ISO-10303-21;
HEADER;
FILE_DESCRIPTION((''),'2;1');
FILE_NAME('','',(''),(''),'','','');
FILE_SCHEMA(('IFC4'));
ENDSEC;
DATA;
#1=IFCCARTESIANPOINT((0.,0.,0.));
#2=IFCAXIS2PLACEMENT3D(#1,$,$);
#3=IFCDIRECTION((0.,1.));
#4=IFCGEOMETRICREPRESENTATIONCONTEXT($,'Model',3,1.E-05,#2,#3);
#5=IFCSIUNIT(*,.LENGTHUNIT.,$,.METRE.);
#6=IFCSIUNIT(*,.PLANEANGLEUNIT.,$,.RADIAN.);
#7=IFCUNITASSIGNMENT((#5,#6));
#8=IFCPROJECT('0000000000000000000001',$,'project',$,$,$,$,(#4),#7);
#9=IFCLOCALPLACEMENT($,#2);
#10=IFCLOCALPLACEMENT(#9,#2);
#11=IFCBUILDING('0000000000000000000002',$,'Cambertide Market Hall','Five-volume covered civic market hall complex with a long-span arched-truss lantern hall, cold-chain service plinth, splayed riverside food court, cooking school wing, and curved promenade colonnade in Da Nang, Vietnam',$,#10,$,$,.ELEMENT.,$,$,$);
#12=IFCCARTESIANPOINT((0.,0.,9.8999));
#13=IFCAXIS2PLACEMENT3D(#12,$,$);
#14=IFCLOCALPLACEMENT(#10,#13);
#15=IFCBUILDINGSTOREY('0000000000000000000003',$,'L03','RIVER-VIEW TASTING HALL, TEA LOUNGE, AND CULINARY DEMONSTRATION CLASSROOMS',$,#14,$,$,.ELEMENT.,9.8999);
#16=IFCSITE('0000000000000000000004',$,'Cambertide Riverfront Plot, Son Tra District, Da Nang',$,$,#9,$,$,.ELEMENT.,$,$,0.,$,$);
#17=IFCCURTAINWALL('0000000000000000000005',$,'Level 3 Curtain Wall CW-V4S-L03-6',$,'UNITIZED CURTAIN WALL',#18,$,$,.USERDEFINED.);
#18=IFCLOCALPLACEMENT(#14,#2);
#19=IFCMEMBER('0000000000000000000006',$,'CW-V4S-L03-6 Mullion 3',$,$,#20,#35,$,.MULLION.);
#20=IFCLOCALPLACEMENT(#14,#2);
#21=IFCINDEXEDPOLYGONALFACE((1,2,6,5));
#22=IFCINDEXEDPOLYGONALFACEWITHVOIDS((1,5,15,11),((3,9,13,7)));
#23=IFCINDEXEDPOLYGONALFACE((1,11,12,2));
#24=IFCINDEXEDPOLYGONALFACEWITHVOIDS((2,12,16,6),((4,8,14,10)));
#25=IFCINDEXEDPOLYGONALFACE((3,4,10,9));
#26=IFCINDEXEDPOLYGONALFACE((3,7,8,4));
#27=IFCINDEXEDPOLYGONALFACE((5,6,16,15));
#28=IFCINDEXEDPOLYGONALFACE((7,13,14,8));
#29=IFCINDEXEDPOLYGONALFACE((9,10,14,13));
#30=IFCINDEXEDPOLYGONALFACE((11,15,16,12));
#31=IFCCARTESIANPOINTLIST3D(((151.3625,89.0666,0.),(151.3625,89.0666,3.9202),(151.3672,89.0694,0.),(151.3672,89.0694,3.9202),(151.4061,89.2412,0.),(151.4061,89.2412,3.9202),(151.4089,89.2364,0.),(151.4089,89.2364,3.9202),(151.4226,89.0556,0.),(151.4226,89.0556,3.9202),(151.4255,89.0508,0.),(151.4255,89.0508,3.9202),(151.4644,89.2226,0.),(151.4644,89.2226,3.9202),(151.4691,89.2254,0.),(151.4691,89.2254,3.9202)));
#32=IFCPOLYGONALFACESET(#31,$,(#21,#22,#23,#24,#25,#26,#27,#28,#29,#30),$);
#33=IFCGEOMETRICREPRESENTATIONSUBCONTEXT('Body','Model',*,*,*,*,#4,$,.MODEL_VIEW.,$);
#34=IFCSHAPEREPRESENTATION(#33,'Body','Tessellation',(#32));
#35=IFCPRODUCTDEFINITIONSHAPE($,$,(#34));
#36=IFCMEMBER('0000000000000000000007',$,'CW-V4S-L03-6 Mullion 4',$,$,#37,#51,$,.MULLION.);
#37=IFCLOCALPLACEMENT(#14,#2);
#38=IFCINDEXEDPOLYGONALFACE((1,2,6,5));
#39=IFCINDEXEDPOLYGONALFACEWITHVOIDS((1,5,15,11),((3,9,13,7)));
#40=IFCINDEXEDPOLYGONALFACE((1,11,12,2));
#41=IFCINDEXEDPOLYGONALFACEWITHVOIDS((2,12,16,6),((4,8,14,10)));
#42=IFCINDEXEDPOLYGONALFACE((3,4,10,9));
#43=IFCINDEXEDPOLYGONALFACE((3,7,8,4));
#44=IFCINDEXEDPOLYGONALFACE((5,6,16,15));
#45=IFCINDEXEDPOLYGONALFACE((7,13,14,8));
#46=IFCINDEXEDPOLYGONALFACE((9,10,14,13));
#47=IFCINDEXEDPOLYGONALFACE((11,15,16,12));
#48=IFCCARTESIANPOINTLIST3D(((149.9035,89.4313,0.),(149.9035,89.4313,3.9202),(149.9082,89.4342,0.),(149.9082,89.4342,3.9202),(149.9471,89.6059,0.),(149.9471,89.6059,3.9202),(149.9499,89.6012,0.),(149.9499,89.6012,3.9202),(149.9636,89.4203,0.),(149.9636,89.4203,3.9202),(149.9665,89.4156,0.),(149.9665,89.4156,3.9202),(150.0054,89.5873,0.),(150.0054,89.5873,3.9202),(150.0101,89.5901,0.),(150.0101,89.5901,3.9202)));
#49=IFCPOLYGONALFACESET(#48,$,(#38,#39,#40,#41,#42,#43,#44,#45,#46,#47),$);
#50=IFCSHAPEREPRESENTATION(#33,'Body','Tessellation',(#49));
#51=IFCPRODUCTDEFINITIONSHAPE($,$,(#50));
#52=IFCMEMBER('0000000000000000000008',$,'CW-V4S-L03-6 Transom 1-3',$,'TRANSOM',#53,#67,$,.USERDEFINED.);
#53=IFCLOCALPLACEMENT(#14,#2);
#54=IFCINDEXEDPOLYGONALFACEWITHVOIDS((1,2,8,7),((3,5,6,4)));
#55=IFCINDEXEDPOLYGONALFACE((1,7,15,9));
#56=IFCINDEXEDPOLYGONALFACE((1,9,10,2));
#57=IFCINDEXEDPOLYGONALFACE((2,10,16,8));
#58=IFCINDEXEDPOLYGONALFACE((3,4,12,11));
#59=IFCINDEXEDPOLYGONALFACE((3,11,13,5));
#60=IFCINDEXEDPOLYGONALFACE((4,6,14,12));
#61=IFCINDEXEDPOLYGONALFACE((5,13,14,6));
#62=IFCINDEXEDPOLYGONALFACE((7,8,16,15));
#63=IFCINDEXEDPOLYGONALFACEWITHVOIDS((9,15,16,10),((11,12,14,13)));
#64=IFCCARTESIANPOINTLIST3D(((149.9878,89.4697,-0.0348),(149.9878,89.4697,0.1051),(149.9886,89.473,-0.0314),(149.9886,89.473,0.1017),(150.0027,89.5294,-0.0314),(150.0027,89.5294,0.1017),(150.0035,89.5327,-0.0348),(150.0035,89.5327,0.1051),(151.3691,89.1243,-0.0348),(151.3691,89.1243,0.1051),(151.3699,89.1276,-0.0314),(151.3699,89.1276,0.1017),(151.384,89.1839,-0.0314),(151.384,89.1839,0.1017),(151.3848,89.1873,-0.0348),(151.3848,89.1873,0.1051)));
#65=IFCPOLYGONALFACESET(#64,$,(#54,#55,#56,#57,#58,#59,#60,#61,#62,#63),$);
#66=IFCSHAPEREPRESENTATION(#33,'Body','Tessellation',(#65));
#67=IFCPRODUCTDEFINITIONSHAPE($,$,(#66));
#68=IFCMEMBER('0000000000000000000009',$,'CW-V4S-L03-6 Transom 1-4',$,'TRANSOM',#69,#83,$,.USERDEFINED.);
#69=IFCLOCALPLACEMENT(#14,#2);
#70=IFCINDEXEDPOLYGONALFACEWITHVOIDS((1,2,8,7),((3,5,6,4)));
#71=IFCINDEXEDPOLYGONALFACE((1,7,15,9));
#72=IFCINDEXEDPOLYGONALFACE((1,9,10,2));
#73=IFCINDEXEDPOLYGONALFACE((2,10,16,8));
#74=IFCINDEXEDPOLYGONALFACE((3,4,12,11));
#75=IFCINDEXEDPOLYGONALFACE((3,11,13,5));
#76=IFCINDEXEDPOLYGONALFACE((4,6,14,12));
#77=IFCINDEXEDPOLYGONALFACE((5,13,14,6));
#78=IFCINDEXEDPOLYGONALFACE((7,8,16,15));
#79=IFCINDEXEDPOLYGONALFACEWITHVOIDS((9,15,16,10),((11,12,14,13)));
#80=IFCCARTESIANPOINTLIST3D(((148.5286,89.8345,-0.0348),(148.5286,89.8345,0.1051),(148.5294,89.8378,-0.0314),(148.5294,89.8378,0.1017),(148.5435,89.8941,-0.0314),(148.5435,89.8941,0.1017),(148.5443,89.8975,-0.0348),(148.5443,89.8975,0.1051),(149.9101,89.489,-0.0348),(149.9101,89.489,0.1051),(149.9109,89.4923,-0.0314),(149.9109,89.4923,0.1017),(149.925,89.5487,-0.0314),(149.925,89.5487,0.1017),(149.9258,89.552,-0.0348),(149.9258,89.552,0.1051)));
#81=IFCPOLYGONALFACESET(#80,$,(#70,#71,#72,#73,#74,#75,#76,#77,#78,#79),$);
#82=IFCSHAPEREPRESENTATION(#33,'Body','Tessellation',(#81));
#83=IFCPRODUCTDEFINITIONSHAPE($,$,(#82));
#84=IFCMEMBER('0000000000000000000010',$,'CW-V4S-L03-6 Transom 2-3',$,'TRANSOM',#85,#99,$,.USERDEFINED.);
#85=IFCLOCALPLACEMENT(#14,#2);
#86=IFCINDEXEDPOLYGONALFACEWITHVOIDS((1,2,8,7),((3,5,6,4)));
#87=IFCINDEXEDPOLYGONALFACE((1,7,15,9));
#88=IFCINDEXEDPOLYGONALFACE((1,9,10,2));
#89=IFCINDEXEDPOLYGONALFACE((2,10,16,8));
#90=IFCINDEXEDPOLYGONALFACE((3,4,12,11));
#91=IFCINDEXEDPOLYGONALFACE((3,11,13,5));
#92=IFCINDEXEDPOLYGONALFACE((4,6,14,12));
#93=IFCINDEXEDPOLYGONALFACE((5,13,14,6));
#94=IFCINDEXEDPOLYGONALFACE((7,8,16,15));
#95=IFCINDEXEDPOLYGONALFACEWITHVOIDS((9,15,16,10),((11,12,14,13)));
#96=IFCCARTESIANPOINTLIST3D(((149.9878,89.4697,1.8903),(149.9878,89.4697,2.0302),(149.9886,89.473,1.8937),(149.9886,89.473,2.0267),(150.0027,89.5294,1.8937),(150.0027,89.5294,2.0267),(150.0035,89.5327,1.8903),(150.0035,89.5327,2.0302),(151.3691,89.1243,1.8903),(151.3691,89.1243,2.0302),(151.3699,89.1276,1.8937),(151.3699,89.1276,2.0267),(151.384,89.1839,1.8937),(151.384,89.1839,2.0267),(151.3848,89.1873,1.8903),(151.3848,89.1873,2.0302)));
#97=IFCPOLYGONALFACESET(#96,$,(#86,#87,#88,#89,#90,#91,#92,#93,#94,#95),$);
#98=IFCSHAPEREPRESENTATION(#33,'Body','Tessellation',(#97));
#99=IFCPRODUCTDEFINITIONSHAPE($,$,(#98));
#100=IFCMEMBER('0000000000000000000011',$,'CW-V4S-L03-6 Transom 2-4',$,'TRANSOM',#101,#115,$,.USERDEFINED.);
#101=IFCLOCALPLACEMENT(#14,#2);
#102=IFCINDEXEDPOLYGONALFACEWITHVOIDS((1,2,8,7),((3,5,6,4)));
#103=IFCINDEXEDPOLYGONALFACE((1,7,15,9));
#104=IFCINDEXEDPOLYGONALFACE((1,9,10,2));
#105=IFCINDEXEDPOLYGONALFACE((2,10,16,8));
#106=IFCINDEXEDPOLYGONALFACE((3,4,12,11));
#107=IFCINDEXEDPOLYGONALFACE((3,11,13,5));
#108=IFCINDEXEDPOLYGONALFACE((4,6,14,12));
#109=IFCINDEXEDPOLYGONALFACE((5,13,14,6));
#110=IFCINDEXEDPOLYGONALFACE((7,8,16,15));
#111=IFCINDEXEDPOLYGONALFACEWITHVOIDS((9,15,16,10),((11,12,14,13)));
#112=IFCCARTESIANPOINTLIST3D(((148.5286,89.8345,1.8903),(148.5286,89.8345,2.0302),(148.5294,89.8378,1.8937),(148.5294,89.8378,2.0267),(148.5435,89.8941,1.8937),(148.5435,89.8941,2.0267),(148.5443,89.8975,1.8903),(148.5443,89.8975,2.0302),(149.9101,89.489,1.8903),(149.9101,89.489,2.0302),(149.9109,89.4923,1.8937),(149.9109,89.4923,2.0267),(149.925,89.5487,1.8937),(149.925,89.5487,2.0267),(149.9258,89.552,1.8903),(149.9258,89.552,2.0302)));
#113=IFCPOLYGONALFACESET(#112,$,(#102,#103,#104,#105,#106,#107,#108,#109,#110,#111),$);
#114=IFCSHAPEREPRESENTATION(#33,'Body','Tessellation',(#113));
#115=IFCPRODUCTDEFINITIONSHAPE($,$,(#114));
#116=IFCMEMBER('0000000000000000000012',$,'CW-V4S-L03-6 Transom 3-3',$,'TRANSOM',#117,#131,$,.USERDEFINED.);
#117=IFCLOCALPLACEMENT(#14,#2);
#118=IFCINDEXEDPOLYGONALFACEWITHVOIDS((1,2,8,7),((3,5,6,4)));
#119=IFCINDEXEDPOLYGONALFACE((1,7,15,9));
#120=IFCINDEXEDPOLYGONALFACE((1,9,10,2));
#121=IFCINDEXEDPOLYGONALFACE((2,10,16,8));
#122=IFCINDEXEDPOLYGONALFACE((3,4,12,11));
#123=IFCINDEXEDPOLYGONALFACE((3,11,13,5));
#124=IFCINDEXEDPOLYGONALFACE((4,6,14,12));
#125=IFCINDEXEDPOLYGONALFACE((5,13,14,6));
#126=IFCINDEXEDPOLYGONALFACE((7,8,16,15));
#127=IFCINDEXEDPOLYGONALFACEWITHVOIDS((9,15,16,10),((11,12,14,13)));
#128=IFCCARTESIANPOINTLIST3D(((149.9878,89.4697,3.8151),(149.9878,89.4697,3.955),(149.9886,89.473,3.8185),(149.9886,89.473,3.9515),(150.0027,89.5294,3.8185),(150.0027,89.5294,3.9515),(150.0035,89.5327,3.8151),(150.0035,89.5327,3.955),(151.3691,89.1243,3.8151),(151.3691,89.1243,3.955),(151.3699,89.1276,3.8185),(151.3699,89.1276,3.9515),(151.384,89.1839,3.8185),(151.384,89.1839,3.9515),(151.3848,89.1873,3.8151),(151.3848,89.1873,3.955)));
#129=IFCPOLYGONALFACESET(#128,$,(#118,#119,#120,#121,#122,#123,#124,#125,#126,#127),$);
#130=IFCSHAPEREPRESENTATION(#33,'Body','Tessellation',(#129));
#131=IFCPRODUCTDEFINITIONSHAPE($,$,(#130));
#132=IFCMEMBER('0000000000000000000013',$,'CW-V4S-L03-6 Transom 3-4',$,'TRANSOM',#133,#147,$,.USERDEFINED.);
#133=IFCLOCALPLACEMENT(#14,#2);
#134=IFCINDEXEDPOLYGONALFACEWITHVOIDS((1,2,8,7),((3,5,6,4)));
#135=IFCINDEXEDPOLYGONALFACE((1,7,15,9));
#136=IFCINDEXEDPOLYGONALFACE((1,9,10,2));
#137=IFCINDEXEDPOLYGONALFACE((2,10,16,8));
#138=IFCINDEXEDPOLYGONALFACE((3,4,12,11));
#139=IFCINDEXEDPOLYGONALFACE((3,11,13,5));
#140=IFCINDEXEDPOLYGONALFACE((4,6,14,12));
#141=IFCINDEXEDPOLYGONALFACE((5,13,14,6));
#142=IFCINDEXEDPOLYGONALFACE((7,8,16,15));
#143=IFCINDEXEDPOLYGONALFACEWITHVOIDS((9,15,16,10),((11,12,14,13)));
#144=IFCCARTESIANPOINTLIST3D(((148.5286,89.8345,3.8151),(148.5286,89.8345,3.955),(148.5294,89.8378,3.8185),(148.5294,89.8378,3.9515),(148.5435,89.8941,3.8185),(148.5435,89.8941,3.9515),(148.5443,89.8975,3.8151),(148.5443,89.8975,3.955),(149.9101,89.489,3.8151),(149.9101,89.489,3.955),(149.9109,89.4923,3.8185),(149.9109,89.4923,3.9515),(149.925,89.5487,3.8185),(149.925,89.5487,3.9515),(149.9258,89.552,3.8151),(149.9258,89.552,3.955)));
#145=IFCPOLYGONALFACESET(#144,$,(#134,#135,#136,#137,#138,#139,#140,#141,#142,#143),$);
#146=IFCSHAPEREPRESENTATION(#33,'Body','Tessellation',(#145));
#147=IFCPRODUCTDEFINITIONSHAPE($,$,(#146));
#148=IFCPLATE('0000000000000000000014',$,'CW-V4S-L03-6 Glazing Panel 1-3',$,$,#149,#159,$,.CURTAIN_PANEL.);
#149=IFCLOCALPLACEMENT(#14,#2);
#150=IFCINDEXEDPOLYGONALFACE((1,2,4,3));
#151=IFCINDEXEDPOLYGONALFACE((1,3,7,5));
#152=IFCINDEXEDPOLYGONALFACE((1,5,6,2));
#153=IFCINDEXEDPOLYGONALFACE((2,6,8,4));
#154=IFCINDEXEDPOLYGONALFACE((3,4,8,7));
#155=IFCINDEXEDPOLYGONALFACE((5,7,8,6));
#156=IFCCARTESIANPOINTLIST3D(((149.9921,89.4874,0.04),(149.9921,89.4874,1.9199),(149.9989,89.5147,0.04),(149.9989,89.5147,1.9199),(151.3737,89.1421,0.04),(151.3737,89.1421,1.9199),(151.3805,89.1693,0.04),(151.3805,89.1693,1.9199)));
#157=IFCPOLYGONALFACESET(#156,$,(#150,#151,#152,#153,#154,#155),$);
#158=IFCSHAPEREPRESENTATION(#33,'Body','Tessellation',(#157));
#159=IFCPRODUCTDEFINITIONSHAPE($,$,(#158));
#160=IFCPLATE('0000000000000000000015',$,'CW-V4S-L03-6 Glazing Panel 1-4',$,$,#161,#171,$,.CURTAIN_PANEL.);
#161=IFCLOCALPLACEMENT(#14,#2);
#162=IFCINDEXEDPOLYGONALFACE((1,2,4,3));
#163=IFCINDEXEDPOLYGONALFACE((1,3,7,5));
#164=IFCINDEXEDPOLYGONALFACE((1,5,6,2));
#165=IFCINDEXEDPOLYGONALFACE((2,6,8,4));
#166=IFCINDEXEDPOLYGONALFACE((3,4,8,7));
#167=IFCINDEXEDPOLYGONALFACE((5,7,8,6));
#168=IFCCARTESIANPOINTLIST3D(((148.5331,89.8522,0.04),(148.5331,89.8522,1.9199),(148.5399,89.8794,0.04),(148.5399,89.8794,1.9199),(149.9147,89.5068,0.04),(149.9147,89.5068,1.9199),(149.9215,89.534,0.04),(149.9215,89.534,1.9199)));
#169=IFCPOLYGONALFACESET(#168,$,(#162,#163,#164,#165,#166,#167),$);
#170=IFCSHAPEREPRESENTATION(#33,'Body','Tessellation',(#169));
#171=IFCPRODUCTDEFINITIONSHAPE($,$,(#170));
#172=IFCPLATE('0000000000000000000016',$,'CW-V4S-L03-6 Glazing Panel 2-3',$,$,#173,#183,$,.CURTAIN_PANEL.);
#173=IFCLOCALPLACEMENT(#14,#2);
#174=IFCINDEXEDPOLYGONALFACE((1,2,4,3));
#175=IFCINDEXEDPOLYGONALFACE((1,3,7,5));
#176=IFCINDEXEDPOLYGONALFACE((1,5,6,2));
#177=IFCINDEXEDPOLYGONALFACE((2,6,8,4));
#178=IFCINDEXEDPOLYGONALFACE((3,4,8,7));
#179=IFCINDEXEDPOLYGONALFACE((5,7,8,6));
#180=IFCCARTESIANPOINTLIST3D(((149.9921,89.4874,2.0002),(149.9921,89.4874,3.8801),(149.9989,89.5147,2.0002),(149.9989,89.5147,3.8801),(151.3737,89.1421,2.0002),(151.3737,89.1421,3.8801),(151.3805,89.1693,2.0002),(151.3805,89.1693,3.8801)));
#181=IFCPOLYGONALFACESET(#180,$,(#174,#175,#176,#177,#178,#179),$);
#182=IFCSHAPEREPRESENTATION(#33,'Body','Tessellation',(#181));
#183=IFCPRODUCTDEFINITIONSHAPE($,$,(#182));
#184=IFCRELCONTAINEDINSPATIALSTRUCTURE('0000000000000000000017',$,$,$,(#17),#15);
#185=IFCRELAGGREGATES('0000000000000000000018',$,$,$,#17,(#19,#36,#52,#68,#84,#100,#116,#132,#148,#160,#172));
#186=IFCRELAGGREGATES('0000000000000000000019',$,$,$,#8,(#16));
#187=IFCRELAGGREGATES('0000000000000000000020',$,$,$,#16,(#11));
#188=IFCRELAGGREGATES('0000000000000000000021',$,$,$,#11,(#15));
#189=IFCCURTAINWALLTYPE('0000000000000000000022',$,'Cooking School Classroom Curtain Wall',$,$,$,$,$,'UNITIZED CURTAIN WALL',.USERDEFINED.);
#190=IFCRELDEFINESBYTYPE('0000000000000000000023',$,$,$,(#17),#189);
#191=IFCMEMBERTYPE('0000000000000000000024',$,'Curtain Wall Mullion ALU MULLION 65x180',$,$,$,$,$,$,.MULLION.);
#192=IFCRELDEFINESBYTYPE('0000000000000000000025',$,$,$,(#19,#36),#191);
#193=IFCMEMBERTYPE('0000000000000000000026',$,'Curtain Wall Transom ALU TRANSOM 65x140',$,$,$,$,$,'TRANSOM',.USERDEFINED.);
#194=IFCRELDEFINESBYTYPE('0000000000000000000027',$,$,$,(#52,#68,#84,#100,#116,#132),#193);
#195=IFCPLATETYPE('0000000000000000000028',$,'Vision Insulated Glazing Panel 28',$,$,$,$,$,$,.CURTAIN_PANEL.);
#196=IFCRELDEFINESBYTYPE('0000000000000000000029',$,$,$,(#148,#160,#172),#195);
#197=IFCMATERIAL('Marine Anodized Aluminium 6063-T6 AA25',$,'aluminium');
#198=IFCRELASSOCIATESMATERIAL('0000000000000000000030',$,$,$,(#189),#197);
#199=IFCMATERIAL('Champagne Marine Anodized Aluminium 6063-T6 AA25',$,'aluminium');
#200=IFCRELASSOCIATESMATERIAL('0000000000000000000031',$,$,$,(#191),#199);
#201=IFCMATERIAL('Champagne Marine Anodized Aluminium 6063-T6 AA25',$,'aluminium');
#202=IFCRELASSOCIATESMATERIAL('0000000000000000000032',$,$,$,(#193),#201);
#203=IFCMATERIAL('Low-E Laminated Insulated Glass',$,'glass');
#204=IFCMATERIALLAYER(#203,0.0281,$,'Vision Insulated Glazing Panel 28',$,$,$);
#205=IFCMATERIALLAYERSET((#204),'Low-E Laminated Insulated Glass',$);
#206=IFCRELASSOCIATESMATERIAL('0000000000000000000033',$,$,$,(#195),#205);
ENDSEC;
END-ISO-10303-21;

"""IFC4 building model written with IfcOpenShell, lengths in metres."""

from ifc_helpers import new_model, si_unit, direction, frame, origin, origin_2d, place, context, subcontext, project, spatial, rectangle, hollow_rectangle, extrude, material, layer, layer_set, material_profile, profile_set, type_object, element, aggregate, save


model = new_model("IFC4")

# Units and contexts
model_context = context("Model", 3, precision=1e-05, world=origin(), true_north=direction((0.0, 1.0)))
body_context = subcontext(model_context, "Body", "Model", "MODEL_VIEW")
ifc_project = project(units=[si_unit("LENGTHUNIT", "METRE"), si_unit("PLANEANGLEUNIT", "RADIAN")], contexts=[model_context])

# Site, building, storey
site_placement = place(None, origin())
site = spatial("IfcSite", under=ifc_project, at=site_placement, Name="Cambertide Riverfront Plot, Son Tra District, Da Nang", CompositionType="ELEMENT", RefElevation=0.0)
building_placement = place(site_placement, origin())
building = spatial("IfcBuilding", under=site, at=building_placement, Name="Cambertide Market Hall", Description="Five-volume covered civic market hall complex with a long-span arched-truss lantern hall, cold-chain service plinth, splayed riverside food court, cooking school wing, and curved promenade colonnade in Da Nang, Vietnam", CompositionType="ELEMENT")
storey_placement = place(building_placement, frame((0.0, 0.0, 9.8999)))
storey = spatial("IfcBuildingStorey", under=building, at=storey_placement, Name="L03", Description="RIVER-VIEW TASTING HALL, TEA LOUNGE, AND CULINARY DEMONSTRATION CLASSROOMS", CompositionType="ELEMENT", Elevation=9.8999)

# Curtain wall, members, plates
ifc_material_1 = material(Name="Marine Anodized Aluminium 6063-T6 AA25", Category="aluminium")
curtain_wall_type = type_object("IfcCurtainWallType", Name="Cooking School Classroom Curtain Wall", ElementType="UNITIZED CURTAIN WALL", PredefinedType="USERDEFINED", material=ifc_material_1)
curtain_wall_placement = place(storey_placement, origin())
curtain_wall = element("IfcCurtainWall", 1, at=curtain_wall_placement, inside=storey, type_object=curtain_wall_type, Name="Level 3 Curtain Wall CW-V4S-L03-6", ObjectType="UNITIZED CURTAIN WALL", PredefinedType="USERDEFINED")
ifc_material_2 = material(Name="Champagne Marine Anodized Aluminium 6063-T6 AA25", Category="aluminium")
ifc_material_profile_1 = material_profile(ifc_material_2, hollow_rectangle(XDim=0.0649, YDim=0.1799, WallThickness=0.0039, at=origin_2d()), Name="ALU MULLION 65x180")
ifc_profile_set_1 = profile_set([ifc_material_profile_1], Name="Champagne Marine Anodized Aluminium 6063-T6 AA25")
member_type_1 = type_object("IfcMemberType", Name="Curtain Wall Mullion ALU MULLION 65x180", PredefinedType="MULLION", material=ifc_profile_set_1)
member_1_placement = place(storey_placement, frame((151.4158, 89.146, 0.0), z_axis=(0.0, 0.0, 1.0), x_axis=(-0.970143, 0.242535, 0.0)))
member_1 = element("IfcMember", 2, at=member_1_placement, type_object=member_type_1, Name="CW-V4S-L03-6 Mullion 3", PredefinedType="MULLION", context=body_context, shape_type="SweptSolid", body=[
    extrude(hollow_rectangle(XDim=0.0649, YDim=0.1799, WallThickness=0.0039, at=origin_2d()), origin(), (0.0, 0.0, 1.0), 3.9202),
])
member_2_placement = place(storey_placement, frame((149.9568, 89.5107, 0.0), z_axis=(0.0, 0.0, 1.0), x_axis=(-0.970143, 0.242535, 0.0)))
member_2 = element("IfcMember", 3, at=member_2_placement, type_object=member_type_1, Name="CW-V4S-L03-6 Mullion 4", PredefinedType="MULLION", context=body_context, shape_type="SweptSolid", body=[
    extrude(hollow_rectangle(XDim=0.0649, YDim=0.1799, WallThickness=0.0039, at=origin_2d()), origin(), (0.0, 0.0, 1.0), 3.9202),
])
ifc_material_3 = material(Name="Champagne Marine Anodized Aluminium 6063-T6 AA25", Category="aluminium")
ifc_material_profile_2 = material_profile(ifc_material_3, hollow_rectangle(XDim=0.0649, YDim=0.1399, WallThickness=0.0034, at=origin_2d()), Name="ALU TRANSOM 65x140")
ifc_profile_set_2 = profile_set([ifc_material_profile_2], Name="Champagne Marine Anodized Aluminium 6063-T6 AA25")
member_type_2 = type_object("IfcMemberType", Name="Curtain Wall Transom ALU TRANSOM 65x140", ElementType="TRANSOM", PredefinedType="USERDEFINED", material=ifc_profile_set_2)
member_3_placement = place(storey_placement, frame((151.377, 89.1558, 0.0352), z_axis=(-0.970122, 0.242616, 0.0), x_axis=(-0.242616, -0.970122, 0.0)))
member_3 = element("IfcMember", 4, at=member_3_placement, type_object=member_type_2, Name="CW-V4S-L03-6 Transom 1-3", ObjectType="TRANSOM", PredefinedType="USERDEFINED", context=body_context, shape_type="SweptSolid", body=[
    extrude(hollow_rectangle(XDim=0.0649, YDim=0.1399, WallThickness=0.0034, at=origin_2d()), origin(), (0.0, 0.0, 1.0), 1.4238),
])
member_4_placement = place(storey_placement, frame((149.918, 89.5205, 0.0352), z_axis=(-0.970132, 0.242576, 0.0), x_axis=(-0.242576, -0.970132, 0.0)))
member_4 = element("IfcMember", 5, at=member_4_placement, type_object=member_type_2, Name="CW-V4S-L03-6 Transom 1-4", ObjectType="TRANSOM", PredefinedType="USERDEFINED", context=body_context, shape_type="SweptSolid", body=[
    extrude(hollow_rectangle(XDim=0.0649, YDim=0.1399, WallThickness=0.0034, at=origin_2d()), origin(), (0.0, 0.0, 1.0), 1.4241),
])
member_5_placement = place(storey_placement, frame((151.377, 89.1558, 1.9602), z_axis=(-0.970122, 0.242616, 0.0), x_axis=(-0.242616, -0.970122, 0.0)))
member_5 = element("IfcMember", 6, at=member_5_placement, type_object=member_type_2, Name="CW-V4S-L03-6 Transom 2-3", ObjectType="TRANSOM", PredefinedType="USERDEFINED", context=body_context, shape_type="SweptSolid", body=[
    extrude(hollow_rectangle(XDim=0.0649, YDim=0.1399, WallThickness=0.0034, at=origin_2d()), origin(), (0.0, 0.0, 1.0), 1.4238),
])
member_6_placement = place(storey_placement, frame((149.918, 89.5205, 1.9602), z_axis=(-0.970132, 0.242576, 0.0), x_axis=(-0.242576, -0.970132, 0.0)))
member_6 = element("IfcMember", 7, at=member_6_placement, type_object=member_type_2, Name="CW-V4S-L03-6 Transom 2-4", ObjectType="TRANSOM", PredefinedType="USERDEFINED", context=body_context, shape_type="SweptSolid", body=[
    extrude(hollow_rectangle(XDim=0.0649, YDim=0.1399, WallThickness=0.0034, at=origin_2d()), origin(), (0.0, 0.0, 1.0), 1.4241),
])
member_7_placement = place(storey_placement, frame((151.377, 89.1558, 3.885), z_axis=(-0.970122, 0.242616, 0.0), x_axis=(-0.242616, -0.970122, 0.0)))
member_7 = element("IfcMember", 8, at=member_7_placement, type_object=member_type_2, Name="CW-V4S-L03-6 Transom 3-3", ObjectType="TRANSOM", PredefinedType="USERDEFINED", context=body_context, shape_type="SweptSolid", body=[
    extrude(hollow_rectangle(XDim=0.0649, YDim=0.1399, WallThickness=0.0034, at=origin_2d()), origin(), (0.0, 0.0, 1.0), 1.4238),
])
member_8_placement = place(storey_placement, frame((149.918, 89.5205, 3.885), z_axis=(-0.970132, 0.242576, 0.0), x_axis=(-0.242576, -0.970132, 0.0)))
member_8 = element("IfcMember", 9, at=member_8_placement, type_object=member_type_2, Name="CW-V4S-L03-6 Transom 3-4", ObjectType="TRANSOM", PredefinedType="USERDEFINED", context=body_context, shape_type="SweptSolid", body=[
    extrude(hollow_rectangle(XDim=0.0649, YDim=0.1399, WallThickness=0.0034, at=origin_2d()), origin(), (0.0, 0.0, 1.0), 1.4241),
])
ifc_material_4 = material(Name="Low-E Laminated Insulated Glass", Category="glass")
ifc_layer_1 = layer(ifc_material_4, 0.0281, Name="Vision Insulated Glazing Panel 28")
ifc_layer_set_1 = layer_set([ifc_layer_1], Name="Low-E Laminated Insulated Glass")
plate_type = type_object("IfcPlateType", Name="Vision Insulated Glazing Panel 28", PredefinedType="CURTAIN_PANEL", material=ifc_layer_set_1)
plate_1_placement = place(storey_placement, frame((150.6863, 89.3284, 0.04), z_axis=(0.0, 0.0, 1.0), x_axis=(-0.970143, 0.242535, 0.0)))
plate_1 = element("IfcPlate", 10, at=plate_1_placement, type_object=plate_type, Name="CW-V4S-L03-6 Glazing Panel 1-3", PredefinedType="CURTAIN_PANEL", context=body_context, shape_type="SweptSolid", body=[
    extrude(rectangle(XDim=1.4241, YDim=0.0281, at=origin_2d()), origin(), (0.0, 0.0, 1.0), 1.8799),
])
plate_2_placement = place(storey_placement, frame((149.2273, 89.6931, 0.04), z_axis=(0.0, 0.0, 1.0), x_axis=(-0.970143, 0.242535, 0.0)))
plate_2 = element("IfcPlate", 11, at=plate_2_placement, type_object=plate_type, Name="CW-V4S-L03-6 Glazing Panel 1-4", PredefinedType="CURTAIN_PANEL", context=body_context, shape_type="SweptSolid", body=[
    extrude(rectangle(XDim=1.4241, YDim=0.0281, at=origin_2d()), origin(), (0.0, 0.0, 1.0), 1.8799),
])
plate_3_placement = place(storey_placement, frame((150.6863, 89.3284, 2.0002), z_axis=(0.0, 0.0, 1.0), x_axis=(-0.970143, 0.242535, 0.0)))
plate_3 = element("IfcPlate", 12, at=plate_3_placement, type_object=plate_type, Name="CW-V4S-L03-6 Glazing Panel 2-3", PredefinedType="CURTAIN_PANEL", context=body_context, shape_type="SweptSolid", body=[
    extrude(rectangle(XDim=1.4241, YDim=0.0281, at=origin_2d()), origin(), (0.0, 0.0, 1.0), 1.8799),
])
aggregate(curtain_wall, [member_1, member_2, member_3, member_4, member_5, member_6, member_7, member_8, plate_1, plate_2, plate_3])

save(model, "model.ifc")
